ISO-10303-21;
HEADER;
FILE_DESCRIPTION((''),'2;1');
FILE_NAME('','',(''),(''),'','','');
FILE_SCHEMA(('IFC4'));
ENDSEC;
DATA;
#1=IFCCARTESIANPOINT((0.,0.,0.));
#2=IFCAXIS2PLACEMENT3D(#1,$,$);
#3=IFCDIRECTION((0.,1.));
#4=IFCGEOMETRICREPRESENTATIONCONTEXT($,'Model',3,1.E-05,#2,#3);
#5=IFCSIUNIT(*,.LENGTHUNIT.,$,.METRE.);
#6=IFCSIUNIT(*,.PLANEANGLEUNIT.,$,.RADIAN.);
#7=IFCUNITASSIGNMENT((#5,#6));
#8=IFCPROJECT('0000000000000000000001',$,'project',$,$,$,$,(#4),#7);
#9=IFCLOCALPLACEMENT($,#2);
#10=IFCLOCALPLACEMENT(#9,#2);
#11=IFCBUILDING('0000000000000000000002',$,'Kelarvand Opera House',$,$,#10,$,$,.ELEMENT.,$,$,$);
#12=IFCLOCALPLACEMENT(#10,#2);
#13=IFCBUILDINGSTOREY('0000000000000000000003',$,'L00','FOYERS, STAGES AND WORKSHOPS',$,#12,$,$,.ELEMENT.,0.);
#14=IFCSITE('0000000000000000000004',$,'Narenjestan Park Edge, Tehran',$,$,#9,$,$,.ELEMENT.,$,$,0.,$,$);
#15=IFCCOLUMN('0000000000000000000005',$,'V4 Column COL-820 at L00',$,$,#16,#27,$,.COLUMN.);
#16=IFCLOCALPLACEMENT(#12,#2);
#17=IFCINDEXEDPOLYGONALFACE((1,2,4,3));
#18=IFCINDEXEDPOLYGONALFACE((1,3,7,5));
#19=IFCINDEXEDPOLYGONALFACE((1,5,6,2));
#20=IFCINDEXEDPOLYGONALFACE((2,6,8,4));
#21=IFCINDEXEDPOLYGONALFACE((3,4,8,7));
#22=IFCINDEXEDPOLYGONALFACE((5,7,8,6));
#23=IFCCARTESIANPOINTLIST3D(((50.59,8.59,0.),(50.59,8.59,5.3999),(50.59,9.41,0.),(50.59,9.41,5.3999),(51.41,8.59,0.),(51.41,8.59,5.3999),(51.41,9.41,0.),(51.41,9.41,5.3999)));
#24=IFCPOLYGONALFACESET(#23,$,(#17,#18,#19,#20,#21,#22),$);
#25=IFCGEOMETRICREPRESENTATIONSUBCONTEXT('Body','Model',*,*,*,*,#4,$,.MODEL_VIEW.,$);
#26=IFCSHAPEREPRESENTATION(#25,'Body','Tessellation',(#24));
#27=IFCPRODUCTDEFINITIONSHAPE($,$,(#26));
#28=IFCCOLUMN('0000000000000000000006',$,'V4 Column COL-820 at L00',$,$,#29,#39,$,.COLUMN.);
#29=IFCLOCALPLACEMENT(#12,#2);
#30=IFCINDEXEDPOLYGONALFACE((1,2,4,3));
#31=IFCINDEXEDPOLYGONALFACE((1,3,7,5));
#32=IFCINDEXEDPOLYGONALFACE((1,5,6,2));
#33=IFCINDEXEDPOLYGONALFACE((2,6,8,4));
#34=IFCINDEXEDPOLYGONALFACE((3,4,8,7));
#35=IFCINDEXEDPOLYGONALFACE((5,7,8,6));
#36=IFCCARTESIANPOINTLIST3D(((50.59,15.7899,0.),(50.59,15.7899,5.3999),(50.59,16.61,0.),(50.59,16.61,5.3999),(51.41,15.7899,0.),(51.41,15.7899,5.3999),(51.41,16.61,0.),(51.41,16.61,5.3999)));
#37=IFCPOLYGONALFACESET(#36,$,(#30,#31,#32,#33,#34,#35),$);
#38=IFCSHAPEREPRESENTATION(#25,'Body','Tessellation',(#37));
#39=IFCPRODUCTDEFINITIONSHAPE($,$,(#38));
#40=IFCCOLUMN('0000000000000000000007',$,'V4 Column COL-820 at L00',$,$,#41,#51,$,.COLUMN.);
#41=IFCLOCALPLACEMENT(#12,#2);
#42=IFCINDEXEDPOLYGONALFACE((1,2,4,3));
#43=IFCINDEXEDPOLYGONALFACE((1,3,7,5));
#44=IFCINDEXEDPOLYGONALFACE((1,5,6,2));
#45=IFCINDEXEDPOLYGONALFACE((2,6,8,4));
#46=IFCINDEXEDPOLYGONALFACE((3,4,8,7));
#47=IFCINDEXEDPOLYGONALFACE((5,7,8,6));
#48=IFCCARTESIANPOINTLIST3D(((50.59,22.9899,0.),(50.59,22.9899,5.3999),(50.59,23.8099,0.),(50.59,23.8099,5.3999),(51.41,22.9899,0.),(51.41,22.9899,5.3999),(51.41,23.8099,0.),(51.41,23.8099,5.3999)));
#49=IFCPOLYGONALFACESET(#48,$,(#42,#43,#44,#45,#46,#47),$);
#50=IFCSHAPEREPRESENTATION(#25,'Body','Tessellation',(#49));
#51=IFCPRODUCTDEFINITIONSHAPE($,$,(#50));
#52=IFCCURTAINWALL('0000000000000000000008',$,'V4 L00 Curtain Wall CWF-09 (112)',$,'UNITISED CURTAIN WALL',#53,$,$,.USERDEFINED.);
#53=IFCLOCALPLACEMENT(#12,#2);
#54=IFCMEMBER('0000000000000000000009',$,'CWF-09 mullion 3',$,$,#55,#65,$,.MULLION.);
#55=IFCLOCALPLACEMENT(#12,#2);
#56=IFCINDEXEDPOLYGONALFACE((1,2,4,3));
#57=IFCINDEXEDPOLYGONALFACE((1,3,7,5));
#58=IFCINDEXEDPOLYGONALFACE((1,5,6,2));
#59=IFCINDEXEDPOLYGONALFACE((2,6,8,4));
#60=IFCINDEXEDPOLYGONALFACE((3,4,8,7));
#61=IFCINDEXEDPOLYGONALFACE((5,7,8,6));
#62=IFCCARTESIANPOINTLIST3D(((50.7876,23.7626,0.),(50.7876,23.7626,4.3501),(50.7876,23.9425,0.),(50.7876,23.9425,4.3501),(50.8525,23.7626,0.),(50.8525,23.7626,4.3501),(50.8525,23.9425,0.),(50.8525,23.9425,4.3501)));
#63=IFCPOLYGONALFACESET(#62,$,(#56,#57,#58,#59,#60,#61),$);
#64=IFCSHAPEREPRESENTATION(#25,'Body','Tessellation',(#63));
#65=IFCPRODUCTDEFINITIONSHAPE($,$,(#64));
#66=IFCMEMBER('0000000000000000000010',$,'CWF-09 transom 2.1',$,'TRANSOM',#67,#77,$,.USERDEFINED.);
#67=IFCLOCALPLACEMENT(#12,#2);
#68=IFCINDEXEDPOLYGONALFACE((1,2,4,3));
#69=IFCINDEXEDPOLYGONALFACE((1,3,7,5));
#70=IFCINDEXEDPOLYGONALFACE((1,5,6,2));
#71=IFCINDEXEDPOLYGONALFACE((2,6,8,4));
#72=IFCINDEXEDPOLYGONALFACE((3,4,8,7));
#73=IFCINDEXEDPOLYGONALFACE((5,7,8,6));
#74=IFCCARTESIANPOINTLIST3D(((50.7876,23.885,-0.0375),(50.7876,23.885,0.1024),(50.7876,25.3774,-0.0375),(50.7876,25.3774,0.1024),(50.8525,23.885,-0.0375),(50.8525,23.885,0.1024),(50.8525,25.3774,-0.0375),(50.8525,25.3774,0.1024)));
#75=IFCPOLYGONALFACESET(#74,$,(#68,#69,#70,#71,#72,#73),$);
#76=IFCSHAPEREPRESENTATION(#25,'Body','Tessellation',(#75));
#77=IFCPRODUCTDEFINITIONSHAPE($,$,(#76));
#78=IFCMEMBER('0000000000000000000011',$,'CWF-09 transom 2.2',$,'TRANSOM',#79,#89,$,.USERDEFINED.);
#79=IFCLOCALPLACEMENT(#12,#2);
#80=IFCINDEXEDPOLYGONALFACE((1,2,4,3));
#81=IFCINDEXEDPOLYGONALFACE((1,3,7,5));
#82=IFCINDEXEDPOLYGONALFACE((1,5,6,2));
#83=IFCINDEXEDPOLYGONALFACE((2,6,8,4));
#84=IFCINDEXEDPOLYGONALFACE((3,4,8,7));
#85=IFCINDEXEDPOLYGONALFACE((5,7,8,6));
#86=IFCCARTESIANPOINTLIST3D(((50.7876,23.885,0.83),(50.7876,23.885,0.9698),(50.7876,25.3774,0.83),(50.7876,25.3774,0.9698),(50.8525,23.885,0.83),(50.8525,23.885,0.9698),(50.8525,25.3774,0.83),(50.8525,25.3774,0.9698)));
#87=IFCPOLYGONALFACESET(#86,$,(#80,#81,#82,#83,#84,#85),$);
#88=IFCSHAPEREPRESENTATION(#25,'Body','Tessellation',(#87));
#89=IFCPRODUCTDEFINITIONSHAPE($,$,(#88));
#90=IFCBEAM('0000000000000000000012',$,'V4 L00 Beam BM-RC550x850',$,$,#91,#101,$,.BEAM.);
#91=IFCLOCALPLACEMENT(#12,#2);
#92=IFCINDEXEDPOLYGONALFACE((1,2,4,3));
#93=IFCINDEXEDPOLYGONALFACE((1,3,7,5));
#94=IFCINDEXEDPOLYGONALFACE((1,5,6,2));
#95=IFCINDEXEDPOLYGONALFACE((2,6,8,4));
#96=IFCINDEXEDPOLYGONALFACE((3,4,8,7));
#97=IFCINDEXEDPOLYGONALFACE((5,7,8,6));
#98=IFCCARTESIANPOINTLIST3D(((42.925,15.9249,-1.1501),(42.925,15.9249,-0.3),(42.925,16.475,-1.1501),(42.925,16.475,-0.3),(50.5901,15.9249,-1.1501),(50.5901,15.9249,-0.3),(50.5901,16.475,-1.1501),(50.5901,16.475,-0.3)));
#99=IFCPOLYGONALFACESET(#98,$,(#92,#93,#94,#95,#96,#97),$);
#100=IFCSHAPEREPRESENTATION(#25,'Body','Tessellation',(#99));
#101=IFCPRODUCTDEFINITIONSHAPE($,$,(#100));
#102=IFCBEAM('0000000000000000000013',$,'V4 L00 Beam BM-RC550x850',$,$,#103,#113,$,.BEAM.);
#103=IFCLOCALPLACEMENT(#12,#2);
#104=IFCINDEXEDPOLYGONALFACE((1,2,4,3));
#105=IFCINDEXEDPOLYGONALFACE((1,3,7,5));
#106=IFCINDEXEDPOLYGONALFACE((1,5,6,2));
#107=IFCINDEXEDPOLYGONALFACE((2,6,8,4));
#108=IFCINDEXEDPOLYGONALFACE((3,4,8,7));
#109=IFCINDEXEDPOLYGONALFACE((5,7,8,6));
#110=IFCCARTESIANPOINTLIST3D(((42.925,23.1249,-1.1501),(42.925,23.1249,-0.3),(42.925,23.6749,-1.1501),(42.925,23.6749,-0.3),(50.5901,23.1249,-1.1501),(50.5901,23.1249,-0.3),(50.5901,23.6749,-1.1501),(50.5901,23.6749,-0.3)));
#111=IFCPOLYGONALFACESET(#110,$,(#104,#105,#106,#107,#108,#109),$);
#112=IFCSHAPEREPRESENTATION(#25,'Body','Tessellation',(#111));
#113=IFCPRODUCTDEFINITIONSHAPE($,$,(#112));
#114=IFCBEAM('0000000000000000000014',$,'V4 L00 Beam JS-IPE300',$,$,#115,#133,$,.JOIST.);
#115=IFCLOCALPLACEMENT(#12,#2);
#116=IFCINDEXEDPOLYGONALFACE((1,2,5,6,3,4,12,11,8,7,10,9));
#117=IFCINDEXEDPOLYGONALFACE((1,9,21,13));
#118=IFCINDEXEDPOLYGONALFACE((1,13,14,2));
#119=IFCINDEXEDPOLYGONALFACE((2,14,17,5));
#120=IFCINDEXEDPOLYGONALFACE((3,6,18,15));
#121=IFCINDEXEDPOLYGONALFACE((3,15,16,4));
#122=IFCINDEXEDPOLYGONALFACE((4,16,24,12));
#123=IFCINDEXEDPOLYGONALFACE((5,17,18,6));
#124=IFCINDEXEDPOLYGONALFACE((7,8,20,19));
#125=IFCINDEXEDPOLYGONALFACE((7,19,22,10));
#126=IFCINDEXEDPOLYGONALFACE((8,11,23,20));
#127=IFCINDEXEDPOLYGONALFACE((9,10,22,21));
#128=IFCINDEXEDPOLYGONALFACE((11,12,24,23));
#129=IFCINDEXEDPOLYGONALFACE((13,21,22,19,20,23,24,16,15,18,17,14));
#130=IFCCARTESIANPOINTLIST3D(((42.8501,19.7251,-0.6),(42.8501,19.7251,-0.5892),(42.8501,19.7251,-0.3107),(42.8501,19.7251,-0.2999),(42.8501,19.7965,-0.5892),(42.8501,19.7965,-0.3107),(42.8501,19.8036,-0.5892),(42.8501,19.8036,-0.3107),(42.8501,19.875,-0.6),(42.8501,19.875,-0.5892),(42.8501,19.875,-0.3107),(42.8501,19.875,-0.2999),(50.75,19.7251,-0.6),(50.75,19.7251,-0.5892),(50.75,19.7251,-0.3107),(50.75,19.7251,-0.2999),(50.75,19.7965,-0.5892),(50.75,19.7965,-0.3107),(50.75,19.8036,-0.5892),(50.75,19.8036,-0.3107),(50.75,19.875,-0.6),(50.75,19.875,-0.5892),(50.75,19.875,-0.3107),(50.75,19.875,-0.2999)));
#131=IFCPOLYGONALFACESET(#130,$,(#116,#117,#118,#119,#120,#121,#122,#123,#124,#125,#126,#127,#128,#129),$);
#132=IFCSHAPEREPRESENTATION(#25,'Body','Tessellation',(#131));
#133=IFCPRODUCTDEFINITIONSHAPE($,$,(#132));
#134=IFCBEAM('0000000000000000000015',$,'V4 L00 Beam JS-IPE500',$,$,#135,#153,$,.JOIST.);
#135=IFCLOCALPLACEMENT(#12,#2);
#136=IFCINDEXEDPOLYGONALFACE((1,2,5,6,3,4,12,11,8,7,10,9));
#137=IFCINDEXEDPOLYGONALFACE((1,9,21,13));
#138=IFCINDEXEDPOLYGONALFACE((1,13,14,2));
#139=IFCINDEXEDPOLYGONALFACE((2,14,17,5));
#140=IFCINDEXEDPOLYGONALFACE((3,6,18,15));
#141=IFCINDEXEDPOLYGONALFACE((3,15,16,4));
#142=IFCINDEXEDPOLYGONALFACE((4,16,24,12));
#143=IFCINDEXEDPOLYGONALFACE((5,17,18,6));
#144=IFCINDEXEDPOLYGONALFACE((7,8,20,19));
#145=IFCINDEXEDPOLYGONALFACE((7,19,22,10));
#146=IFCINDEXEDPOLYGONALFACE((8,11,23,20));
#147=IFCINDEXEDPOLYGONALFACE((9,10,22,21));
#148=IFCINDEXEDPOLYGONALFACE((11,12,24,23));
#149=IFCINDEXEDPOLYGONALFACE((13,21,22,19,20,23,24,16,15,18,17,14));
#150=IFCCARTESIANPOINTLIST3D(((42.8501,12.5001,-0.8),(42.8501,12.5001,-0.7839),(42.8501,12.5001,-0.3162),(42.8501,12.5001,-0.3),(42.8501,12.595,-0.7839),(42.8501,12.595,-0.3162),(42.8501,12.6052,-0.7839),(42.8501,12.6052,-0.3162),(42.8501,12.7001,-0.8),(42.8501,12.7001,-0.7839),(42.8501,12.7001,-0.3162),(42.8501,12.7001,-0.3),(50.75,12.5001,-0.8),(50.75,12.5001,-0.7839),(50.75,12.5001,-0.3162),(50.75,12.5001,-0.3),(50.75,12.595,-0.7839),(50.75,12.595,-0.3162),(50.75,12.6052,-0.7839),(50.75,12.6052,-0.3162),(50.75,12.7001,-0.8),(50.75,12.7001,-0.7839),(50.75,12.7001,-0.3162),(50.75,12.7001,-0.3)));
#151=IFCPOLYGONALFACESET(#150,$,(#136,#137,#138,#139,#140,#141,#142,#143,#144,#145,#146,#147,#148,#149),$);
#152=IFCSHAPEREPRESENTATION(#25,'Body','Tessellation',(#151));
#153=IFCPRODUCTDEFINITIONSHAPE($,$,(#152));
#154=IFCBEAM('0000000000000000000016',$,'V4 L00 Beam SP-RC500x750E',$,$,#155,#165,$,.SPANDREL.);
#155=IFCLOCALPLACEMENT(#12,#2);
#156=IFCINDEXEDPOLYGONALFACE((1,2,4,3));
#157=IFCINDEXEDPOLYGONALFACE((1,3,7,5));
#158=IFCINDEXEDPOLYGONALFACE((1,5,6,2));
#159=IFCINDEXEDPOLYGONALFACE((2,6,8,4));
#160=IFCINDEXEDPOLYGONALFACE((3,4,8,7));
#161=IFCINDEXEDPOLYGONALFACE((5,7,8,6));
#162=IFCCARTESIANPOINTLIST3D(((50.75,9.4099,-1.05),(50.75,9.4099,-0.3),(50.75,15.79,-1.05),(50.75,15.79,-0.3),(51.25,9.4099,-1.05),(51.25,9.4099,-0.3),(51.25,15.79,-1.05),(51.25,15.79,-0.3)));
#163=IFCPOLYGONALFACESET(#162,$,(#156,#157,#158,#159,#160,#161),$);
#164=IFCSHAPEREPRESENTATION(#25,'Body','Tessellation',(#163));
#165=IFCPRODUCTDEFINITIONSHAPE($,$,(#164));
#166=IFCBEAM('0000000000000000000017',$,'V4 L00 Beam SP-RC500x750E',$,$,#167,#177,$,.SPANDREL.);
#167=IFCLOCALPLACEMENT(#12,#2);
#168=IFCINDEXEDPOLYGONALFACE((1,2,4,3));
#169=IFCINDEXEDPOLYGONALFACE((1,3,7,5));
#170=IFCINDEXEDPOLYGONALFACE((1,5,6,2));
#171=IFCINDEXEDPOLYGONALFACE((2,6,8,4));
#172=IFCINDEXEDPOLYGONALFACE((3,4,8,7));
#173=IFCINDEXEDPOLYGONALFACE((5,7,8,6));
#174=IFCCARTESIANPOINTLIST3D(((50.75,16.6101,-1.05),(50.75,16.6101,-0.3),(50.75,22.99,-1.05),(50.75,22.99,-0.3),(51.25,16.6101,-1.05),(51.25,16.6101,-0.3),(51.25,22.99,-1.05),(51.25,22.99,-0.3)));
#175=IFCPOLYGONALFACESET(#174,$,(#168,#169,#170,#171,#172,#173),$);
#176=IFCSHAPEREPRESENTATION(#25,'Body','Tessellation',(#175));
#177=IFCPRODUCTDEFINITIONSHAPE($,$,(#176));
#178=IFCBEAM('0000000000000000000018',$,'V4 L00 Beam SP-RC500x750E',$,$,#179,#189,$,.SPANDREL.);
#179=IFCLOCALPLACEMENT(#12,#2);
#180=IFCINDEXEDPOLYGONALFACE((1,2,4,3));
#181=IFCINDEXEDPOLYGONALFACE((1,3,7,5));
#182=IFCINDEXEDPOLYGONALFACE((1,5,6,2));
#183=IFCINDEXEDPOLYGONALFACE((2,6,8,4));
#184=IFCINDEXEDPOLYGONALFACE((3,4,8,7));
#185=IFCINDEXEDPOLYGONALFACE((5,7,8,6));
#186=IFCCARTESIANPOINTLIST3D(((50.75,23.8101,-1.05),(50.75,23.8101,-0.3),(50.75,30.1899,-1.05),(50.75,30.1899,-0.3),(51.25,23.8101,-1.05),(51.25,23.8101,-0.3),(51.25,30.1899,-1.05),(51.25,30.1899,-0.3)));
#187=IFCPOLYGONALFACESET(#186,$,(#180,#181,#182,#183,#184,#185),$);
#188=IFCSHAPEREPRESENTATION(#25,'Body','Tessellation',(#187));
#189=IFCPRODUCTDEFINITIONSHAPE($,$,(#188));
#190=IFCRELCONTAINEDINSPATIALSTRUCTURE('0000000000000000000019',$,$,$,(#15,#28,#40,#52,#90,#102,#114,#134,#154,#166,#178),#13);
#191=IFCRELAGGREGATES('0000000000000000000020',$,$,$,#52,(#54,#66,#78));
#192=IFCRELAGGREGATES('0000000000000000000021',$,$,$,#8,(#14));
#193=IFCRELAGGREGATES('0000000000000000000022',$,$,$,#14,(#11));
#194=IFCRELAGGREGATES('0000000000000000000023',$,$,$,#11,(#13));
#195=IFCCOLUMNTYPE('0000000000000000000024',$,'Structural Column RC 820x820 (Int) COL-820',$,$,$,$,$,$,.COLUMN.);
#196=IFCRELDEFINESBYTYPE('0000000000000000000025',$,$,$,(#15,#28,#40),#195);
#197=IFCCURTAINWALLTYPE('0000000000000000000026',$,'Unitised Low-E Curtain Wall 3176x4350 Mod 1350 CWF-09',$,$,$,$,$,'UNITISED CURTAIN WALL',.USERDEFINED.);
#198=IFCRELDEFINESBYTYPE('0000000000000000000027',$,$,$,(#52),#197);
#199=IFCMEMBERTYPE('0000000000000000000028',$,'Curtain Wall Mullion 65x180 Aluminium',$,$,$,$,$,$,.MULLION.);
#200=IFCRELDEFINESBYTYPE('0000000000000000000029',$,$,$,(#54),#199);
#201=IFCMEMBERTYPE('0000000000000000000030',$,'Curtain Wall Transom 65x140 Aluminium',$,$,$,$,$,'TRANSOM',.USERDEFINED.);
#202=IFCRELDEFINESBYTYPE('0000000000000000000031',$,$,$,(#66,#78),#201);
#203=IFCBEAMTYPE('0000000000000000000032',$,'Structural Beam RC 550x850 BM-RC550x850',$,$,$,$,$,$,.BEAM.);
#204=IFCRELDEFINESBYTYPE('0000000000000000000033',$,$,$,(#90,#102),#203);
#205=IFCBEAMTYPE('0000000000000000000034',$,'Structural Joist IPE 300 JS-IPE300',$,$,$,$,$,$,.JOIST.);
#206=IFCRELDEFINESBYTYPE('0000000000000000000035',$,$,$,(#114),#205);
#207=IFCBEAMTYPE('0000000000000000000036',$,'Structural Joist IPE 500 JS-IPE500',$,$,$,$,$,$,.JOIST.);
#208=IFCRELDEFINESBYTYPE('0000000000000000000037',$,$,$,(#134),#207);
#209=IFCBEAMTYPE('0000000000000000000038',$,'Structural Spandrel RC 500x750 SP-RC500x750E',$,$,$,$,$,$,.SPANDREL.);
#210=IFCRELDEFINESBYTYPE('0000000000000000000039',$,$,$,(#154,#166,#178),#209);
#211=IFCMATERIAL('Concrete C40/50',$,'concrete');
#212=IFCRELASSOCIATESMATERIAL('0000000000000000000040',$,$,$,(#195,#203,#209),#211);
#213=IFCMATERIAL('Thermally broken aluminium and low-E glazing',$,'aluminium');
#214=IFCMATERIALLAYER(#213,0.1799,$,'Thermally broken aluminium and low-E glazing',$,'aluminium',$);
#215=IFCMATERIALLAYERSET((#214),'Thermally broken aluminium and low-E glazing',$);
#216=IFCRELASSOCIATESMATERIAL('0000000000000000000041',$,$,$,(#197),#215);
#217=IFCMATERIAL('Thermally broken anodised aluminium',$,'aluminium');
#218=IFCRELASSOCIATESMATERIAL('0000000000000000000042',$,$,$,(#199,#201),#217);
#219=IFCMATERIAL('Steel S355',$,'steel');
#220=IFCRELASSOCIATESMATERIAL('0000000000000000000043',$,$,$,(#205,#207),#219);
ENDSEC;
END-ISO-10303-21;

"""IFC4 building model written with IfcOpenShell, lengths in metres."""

from ifc_helpers import new_model, si_unit, direction, frame, origin, origin_2d, place, context, subcontext, project, spatial, rectangle, i_section, extrude, material, layer, layer_set, material_profile, profile_set, type_object, element, aggregate, save


model = new_model("IFC4")

# Units and contexts
model_context = context("Model", 3, precision=1e-05, world=origin(), true_north=direction((0.0, 1.0)))
body_context = subcontext(model_context, "Body", "Model", "MODEL_VIEW")
ifc_project = project(units=[si_unit("LENGTHUNIT", "METRE"), si_unit("PLANEANGLEUNIT", "RADIAN")], contexts=[model_context])

# Site, building, storey
site_placement = place(None, origin())
site = spatial("IfcSite", under=ifc_project, at=site_placement, Name="Narenjestan Park Edge, Tehran", CompositionType="ELEMENT", RefElevation=0.0)
building_placement = place(site_placement, origin())
building = spatial("IfcBuilding", under=site, at=building_placement, Name="Kelarvand Opera House", CompositionType="ELEMENT")
storey_placement = place(building_placement, origin())
storey = spatial("IfcBuildingStorey", under=building, at=storey_placement, Name="L00", Description="FOYERS, STAGES AND WORKSHOPS", CompositionType="ELEMENT", Elevation=0.0)

# Columns
ifc_material_1 = material(Name="Concrete C40/50", Category="concrete")
ifc_material_profile_1 = material_profile(ifc_material_1, rectangle(XDim=0.8201, YDim=0.8201, at=origin_2d()), Name="RC 820x820", Category="concrete")
ifc_profile_set_1 = profile_set([ifc_material_profile_1], Name="Concrete C40/50")
column_type = type_object("IfcColumnType", Name="Structural Column RC 820x820 (Int) COL-820", PredefinedType="COLUMN", material=ifc_profile_set_1)
for number, where, z_axis, x_axis, name in (
    (1, (51.0, 9.0, 0.0), (0.0, 0.0, 1.0), (1.0, 0.0, 0.0), "V4 Column COL-820 at L00"),
    (2, (51.0, 16.2, 0.0), (0.0, 0.0, 1.0), (1.0, 0.0, 0.0), "V4 Column COL-820 at L00"),
    (3, (51.0, 23.3999, 0.0), (0.0, 0.0, 1.0), (1.0, 0.0, 0.0), "V4 Column COL-820 at L00"),
):
    element("IfcColumn", number, at=place(storey_placement, frame(where, z_axis=z_axis, x_axis=x_axis)), inside=storey, type_object=column_type, Name=name, PredefinedType="COLUMN", context=body_context, shape_type="SweptSolid", body=[
        extrude(rectangle(XDim=0.8201, YDim=0.8201, at=origin_2d()), origin(), (0.0, 0.0, 1.0), 5.3999),
    ])

# Curtain wall, members
ifc_material_2 = material(Name="Thermally broken aluminium and low-E glazing", Category="aluminium")
ifc_layer_1 = layer(ifc_material_2, 0.1799, Name="Thermally broken aluminium and low-E glazing", Category="aluminium")
ifc_layer_set_1 = layer_set([ifc_layer_1], Name="Thermally broken aluminium and low-E glazing")
curtain_wall_type = type_object("IfcCurtainWallType", Name="Unitised Low-E Curtain Wall 3176x4350 Mod 1350 CWF-09", ElementType="UNITISED CURTAIN WALL", PredefinedType="USERDEFINED", material=ifc_layer_set_1)
curtain_wall_placement = place(storey_placement, origin())
curtain_wall = element("IfcCurtainWall", 4, at=curtain_wall_placement, inside=storey, type_object=curtain_wall_type, Name="V4 L00 Curtain Wall CWF-09 (112)", ObjectType="UNITISED CURTAIN WALL", PredefinedType="USERDEFINED")
ifc_material_3 = material(Name="Thermally broken anodised aluminium", Category="aluminium")
ifc_material_profile_2 = material_profile(ifc_material_3, rectangle(XDim=0.0649, YDim=0.1799, at=origin_2d()), Name="ALU MULLION 65x180", Category="aluminium")
ifc_profile_set_2 = profile_set([ifc_material_profile_2], Name="Thermally broken anodised aluminium")
member_type_1 = type_object("IfcMemberType", Name="Curtain Wall Mullion 65x180 Aluminium", PredefinedType="MULLION", material=ifc_profile_set_2)
member_1_placement = place(storey_placement, frame((50.8201, 23.8525, 0.0), z_axis=(0.0, 0.0, 1.0), x_axis=(1.0, 0.0, 0.0)))
member_1 = element("IfcMember", 5, at=member_1_placement, type_object=member_type_1, Name="CWF-09 mullion 3", PredefinedType="MULLION", context=body_context, shape_type="SweptSolid", body=[
    extrude(rectangle(XDim=0.0649, YDim=0.1799, at=origin_2d()), origin(), (0.0, 0.0, 1.0), 4.3501),
])
ifc_material_profile_3 = material_profile(ifc_material_3, rectangle(XDim=0.0649, YDim=0.1399, at=origin_2d()), Name="ALU TRANSOM 65x140", Category="aluminium")
ifc_profile_set_3 = profile_set([ifc_material_profile_3], Name="Thermally broken anodised aluminium")
member_type_2 = type_object("IfcMemberType", Name="Curtain Wall Transom 65x140 Aluminium", ElementType="TRANSOM", PredefinedType="USERDEFINED", material=ifc_profile_set_3)
member_2_placement = place(storey_placement, frame((50.8201, 25.3774, 0.0325), z_axis=(0.0, -1.0, 0.0), x_axis=(1.0, 0.0, 0.0)))
member_2 = element("IfcMember", 6, at=member_2_placement, type_object=member_type_2, Name="CWF-09 transom 2.1", ObjectType="TRANSOM", PredefinedType="USERDEFINED", context=body_context, shape_type="SweptSolid", body=[
    extrude(rectangle(XDim=0.0649, YDim=0.1399, at=origin_2d()), origin(), (0.0, 0.0, 1.0), 1.4924),
])
member_3_placement = place(storey_placement, frame((50.8201, 25.3774, 0.8999), z_axis=(0.0, -1.0, 0.0), x_axis=(1.0, 0.0, 0.0)))
member_3 = element("IfcMember", 7, at=member_3_placement, type_object=member_type_2, Name="CWF-09 transom 2.2", ObjectType="TRANSOM", PredefinedType="USERDEFINED", context=body_context, shape_type="SweptSolid", body=[
    extrude(rectangle(XDim=0.0649, YDim=0.1399, at=origin_2d()), origin(), (0.0, 0.0, 1.0), 1.4924),
])

# Beams
ifc_material_profile_4 = material_profile(ifc_material_1, rectangle(XDim=0.55, YDim=0.8501, at=origin_2d()), Name="RC 550x850", Category="concrete")
ifc_profile_set_4 = profile_set([ifc_material_profile_4], Name="Concrete C40/50")
beam_type_1 = type_object("IfcBeamType", Name="Structural Beam RC 550x850 BM-RC550x850", PredefinedType="BEAM", material=ifc_profile_set_4)
for number, where, z_axis, x_axis, name in (
    (8, (42.925, 16.2, -0.7251), (1.0, 0.0, 0.0), (0.0, 1.0, 0.0), "V4 L00 Beam BM-RC550x850"),
    (9, (42.925, 23.3999, -0.7251), (1.0, 0.0, 0.0), (0.0, 1.0, 0.0), "V4 L00 Beam BM-RC550x850"),
):
    element("IfcBeam", number, at=place(storey_placement, frame(where, z_axis=z_axis, x_axis=x_axis)), inside=storey, type_object=beam_type_1, Name=name, PredefinedType="BEAM", context=body_context, shape_type="SweptSolid", body=[
        extrude(rectangle(XDim=0.55, YDim=0.8501, at=origin_2d()), origin(), (0.0, 0.0, 1.0), 7.665),
    ])
ifc_material_4 = material(Name="Steel S355", Category="steel")
ifc_material_profile_5 = material_profile(ifc_material_4, i_section(OverallWidth=0.1499, OverallDepth=0.3, WebThickness=0.0071, FlangeThickness=0.0107, at=origin_2d()), Name="IPE 300", Category="steel")
ifc_profile_set_5 = profile_set([ifc_material_profile_5], Name="Steel S355")
beam_type_2 = type_object("IfcBeamType", Name="Structural Joist IPE 300 JS-IPE300", PredefinedType="JOIST", material=ifc_profile_set_5)
beam_1_placement = place(storey_placement, frame((42.8501, 19.8, -0.45), z_axis=(1.0, 0.0, 0.0), x_axis=(0.0, 1.0, 0.0)))
element("IfcBeam", 10, at=beam_1_placement, inside=storey, type_object=beam_type_2, Name="V4 L00 Beam JS-IPE300", PredefinedType="JOIST", context=body_context, shape_type="SweptSolid", body=[
    extrude(i_section(OverallWidth=0.1499, OverallDepth=0.3, WebThickness=0.0071, FlangeThickness=0.0107, at=origin_2d()), origin(), (0.0, 0.0, 1.0), 7.8999),
])
ifc_material_profile_6 = material_profile(ifc_material_4, i_section(OverallWidth=0.2, OverallDepth=0.5, WebThickness=0.0103, FlangeThickness=0.0161, at=origin_2d()), Name="IPE 500", Category="steel")
ifc_profile_set_6 = profile_set([ifc_material_profile_6], Name="Steel S355")
beam_type_3 = type_object("IfcBeamType", Name="Structural Joist IPE 500 JS-IPE500", PredefinedType="JOIST", material=ifc_profile_set_6)
beam_2_placement = place(storey_placement, frame((42.8501, 12.6001, -0.55), z_axis=(1.0, 0.0, 0.0), x_axis=(0.0, 1.0, 0.0)))
element("IfcBeam", 11, at=beam_2_placement, inside=storey, type_object=beam_type_3, Name="V4 L00 Beam JS-IPE500", PredefinedType="JOIST", context=body_context, shape_type="SweptSolid", body=[
    extrude(i_section(OverallWidth=0.2, OverallDepth=0.5, WebThickness=0.0103, FlangeThickness=0.0161, at=origin_2d()), origin(), (0.0, 0.0, 1.0), 7.8999),
])
ifc_material_profile_7 = material_profile(ifc_material_1, rectangle(XDim=0.5, YDim=0.75, at=origin_2d()), Name="RC 500x750", Category="concrete")
ifc_profile_set_7 = profile_set([ifc_material_profile_7], Name="Concrete C40/50")
beam_type_4 = type_object("IfcBeamType", Name="Structural Spandrel RC 500x750 SP-RC500x750E", PredefinedType="SPANDREL", material=ifc_profile_set_7)
beam_3_placement = place(storey_placement, frame((51.0, 9.4099, -0.675), z_axis=(0.0, 1.0, 0.0), x_axis=(-1.0, 0.0, 0.0)))
element("IfcBeam", 12, at=beam_3_placement, inside=storey, type_object=beam_type_4, Name="V4 L00 Beam SP-RC500x750E", PredefinedType="SPANDREL", context=body_context, shape_type="SweptSolid", body=[
    extrude(rectangle(XDim=0.5, YDim=0.75, at=origin_2d()), origin(), (0.0, 0.0, 1.0), 6.3801),
])
for number, where, z_axis, x_axis, name in (
    (13, (51.0, 16.6101, -0.675), (0.0, 1.0, 0.0), (-1.0, 0.0, 0.0), "V4 L00 Beam SP-RC500x750E"),
    (14, (51.0, 23.8101, -0.675), (0.0, 1.0, 0.0), (-1.0, 0.0, 0.0), "V4 L00 Beam SP-RC500x750E"),
):
    element("IfcBeam", number, at=place(storey_placement, frame(where, z_axis=z_axis, x_axis=x_axis)), inside=storey, type_object=beam_type_4, Name=name, PredefinedType="SPANDREL", context=body_context, shape_type="SweptSolid", body=[
        extrude(rectangle(XDim=0.5, YDim=0.75, at=origin_2d()), origin(), (0.0, 0.0, 1.0), 6.3799),
    ])

aggregate(curtain_wall, [member_1, member_2, member_3])

save(model, "model.ifc")
